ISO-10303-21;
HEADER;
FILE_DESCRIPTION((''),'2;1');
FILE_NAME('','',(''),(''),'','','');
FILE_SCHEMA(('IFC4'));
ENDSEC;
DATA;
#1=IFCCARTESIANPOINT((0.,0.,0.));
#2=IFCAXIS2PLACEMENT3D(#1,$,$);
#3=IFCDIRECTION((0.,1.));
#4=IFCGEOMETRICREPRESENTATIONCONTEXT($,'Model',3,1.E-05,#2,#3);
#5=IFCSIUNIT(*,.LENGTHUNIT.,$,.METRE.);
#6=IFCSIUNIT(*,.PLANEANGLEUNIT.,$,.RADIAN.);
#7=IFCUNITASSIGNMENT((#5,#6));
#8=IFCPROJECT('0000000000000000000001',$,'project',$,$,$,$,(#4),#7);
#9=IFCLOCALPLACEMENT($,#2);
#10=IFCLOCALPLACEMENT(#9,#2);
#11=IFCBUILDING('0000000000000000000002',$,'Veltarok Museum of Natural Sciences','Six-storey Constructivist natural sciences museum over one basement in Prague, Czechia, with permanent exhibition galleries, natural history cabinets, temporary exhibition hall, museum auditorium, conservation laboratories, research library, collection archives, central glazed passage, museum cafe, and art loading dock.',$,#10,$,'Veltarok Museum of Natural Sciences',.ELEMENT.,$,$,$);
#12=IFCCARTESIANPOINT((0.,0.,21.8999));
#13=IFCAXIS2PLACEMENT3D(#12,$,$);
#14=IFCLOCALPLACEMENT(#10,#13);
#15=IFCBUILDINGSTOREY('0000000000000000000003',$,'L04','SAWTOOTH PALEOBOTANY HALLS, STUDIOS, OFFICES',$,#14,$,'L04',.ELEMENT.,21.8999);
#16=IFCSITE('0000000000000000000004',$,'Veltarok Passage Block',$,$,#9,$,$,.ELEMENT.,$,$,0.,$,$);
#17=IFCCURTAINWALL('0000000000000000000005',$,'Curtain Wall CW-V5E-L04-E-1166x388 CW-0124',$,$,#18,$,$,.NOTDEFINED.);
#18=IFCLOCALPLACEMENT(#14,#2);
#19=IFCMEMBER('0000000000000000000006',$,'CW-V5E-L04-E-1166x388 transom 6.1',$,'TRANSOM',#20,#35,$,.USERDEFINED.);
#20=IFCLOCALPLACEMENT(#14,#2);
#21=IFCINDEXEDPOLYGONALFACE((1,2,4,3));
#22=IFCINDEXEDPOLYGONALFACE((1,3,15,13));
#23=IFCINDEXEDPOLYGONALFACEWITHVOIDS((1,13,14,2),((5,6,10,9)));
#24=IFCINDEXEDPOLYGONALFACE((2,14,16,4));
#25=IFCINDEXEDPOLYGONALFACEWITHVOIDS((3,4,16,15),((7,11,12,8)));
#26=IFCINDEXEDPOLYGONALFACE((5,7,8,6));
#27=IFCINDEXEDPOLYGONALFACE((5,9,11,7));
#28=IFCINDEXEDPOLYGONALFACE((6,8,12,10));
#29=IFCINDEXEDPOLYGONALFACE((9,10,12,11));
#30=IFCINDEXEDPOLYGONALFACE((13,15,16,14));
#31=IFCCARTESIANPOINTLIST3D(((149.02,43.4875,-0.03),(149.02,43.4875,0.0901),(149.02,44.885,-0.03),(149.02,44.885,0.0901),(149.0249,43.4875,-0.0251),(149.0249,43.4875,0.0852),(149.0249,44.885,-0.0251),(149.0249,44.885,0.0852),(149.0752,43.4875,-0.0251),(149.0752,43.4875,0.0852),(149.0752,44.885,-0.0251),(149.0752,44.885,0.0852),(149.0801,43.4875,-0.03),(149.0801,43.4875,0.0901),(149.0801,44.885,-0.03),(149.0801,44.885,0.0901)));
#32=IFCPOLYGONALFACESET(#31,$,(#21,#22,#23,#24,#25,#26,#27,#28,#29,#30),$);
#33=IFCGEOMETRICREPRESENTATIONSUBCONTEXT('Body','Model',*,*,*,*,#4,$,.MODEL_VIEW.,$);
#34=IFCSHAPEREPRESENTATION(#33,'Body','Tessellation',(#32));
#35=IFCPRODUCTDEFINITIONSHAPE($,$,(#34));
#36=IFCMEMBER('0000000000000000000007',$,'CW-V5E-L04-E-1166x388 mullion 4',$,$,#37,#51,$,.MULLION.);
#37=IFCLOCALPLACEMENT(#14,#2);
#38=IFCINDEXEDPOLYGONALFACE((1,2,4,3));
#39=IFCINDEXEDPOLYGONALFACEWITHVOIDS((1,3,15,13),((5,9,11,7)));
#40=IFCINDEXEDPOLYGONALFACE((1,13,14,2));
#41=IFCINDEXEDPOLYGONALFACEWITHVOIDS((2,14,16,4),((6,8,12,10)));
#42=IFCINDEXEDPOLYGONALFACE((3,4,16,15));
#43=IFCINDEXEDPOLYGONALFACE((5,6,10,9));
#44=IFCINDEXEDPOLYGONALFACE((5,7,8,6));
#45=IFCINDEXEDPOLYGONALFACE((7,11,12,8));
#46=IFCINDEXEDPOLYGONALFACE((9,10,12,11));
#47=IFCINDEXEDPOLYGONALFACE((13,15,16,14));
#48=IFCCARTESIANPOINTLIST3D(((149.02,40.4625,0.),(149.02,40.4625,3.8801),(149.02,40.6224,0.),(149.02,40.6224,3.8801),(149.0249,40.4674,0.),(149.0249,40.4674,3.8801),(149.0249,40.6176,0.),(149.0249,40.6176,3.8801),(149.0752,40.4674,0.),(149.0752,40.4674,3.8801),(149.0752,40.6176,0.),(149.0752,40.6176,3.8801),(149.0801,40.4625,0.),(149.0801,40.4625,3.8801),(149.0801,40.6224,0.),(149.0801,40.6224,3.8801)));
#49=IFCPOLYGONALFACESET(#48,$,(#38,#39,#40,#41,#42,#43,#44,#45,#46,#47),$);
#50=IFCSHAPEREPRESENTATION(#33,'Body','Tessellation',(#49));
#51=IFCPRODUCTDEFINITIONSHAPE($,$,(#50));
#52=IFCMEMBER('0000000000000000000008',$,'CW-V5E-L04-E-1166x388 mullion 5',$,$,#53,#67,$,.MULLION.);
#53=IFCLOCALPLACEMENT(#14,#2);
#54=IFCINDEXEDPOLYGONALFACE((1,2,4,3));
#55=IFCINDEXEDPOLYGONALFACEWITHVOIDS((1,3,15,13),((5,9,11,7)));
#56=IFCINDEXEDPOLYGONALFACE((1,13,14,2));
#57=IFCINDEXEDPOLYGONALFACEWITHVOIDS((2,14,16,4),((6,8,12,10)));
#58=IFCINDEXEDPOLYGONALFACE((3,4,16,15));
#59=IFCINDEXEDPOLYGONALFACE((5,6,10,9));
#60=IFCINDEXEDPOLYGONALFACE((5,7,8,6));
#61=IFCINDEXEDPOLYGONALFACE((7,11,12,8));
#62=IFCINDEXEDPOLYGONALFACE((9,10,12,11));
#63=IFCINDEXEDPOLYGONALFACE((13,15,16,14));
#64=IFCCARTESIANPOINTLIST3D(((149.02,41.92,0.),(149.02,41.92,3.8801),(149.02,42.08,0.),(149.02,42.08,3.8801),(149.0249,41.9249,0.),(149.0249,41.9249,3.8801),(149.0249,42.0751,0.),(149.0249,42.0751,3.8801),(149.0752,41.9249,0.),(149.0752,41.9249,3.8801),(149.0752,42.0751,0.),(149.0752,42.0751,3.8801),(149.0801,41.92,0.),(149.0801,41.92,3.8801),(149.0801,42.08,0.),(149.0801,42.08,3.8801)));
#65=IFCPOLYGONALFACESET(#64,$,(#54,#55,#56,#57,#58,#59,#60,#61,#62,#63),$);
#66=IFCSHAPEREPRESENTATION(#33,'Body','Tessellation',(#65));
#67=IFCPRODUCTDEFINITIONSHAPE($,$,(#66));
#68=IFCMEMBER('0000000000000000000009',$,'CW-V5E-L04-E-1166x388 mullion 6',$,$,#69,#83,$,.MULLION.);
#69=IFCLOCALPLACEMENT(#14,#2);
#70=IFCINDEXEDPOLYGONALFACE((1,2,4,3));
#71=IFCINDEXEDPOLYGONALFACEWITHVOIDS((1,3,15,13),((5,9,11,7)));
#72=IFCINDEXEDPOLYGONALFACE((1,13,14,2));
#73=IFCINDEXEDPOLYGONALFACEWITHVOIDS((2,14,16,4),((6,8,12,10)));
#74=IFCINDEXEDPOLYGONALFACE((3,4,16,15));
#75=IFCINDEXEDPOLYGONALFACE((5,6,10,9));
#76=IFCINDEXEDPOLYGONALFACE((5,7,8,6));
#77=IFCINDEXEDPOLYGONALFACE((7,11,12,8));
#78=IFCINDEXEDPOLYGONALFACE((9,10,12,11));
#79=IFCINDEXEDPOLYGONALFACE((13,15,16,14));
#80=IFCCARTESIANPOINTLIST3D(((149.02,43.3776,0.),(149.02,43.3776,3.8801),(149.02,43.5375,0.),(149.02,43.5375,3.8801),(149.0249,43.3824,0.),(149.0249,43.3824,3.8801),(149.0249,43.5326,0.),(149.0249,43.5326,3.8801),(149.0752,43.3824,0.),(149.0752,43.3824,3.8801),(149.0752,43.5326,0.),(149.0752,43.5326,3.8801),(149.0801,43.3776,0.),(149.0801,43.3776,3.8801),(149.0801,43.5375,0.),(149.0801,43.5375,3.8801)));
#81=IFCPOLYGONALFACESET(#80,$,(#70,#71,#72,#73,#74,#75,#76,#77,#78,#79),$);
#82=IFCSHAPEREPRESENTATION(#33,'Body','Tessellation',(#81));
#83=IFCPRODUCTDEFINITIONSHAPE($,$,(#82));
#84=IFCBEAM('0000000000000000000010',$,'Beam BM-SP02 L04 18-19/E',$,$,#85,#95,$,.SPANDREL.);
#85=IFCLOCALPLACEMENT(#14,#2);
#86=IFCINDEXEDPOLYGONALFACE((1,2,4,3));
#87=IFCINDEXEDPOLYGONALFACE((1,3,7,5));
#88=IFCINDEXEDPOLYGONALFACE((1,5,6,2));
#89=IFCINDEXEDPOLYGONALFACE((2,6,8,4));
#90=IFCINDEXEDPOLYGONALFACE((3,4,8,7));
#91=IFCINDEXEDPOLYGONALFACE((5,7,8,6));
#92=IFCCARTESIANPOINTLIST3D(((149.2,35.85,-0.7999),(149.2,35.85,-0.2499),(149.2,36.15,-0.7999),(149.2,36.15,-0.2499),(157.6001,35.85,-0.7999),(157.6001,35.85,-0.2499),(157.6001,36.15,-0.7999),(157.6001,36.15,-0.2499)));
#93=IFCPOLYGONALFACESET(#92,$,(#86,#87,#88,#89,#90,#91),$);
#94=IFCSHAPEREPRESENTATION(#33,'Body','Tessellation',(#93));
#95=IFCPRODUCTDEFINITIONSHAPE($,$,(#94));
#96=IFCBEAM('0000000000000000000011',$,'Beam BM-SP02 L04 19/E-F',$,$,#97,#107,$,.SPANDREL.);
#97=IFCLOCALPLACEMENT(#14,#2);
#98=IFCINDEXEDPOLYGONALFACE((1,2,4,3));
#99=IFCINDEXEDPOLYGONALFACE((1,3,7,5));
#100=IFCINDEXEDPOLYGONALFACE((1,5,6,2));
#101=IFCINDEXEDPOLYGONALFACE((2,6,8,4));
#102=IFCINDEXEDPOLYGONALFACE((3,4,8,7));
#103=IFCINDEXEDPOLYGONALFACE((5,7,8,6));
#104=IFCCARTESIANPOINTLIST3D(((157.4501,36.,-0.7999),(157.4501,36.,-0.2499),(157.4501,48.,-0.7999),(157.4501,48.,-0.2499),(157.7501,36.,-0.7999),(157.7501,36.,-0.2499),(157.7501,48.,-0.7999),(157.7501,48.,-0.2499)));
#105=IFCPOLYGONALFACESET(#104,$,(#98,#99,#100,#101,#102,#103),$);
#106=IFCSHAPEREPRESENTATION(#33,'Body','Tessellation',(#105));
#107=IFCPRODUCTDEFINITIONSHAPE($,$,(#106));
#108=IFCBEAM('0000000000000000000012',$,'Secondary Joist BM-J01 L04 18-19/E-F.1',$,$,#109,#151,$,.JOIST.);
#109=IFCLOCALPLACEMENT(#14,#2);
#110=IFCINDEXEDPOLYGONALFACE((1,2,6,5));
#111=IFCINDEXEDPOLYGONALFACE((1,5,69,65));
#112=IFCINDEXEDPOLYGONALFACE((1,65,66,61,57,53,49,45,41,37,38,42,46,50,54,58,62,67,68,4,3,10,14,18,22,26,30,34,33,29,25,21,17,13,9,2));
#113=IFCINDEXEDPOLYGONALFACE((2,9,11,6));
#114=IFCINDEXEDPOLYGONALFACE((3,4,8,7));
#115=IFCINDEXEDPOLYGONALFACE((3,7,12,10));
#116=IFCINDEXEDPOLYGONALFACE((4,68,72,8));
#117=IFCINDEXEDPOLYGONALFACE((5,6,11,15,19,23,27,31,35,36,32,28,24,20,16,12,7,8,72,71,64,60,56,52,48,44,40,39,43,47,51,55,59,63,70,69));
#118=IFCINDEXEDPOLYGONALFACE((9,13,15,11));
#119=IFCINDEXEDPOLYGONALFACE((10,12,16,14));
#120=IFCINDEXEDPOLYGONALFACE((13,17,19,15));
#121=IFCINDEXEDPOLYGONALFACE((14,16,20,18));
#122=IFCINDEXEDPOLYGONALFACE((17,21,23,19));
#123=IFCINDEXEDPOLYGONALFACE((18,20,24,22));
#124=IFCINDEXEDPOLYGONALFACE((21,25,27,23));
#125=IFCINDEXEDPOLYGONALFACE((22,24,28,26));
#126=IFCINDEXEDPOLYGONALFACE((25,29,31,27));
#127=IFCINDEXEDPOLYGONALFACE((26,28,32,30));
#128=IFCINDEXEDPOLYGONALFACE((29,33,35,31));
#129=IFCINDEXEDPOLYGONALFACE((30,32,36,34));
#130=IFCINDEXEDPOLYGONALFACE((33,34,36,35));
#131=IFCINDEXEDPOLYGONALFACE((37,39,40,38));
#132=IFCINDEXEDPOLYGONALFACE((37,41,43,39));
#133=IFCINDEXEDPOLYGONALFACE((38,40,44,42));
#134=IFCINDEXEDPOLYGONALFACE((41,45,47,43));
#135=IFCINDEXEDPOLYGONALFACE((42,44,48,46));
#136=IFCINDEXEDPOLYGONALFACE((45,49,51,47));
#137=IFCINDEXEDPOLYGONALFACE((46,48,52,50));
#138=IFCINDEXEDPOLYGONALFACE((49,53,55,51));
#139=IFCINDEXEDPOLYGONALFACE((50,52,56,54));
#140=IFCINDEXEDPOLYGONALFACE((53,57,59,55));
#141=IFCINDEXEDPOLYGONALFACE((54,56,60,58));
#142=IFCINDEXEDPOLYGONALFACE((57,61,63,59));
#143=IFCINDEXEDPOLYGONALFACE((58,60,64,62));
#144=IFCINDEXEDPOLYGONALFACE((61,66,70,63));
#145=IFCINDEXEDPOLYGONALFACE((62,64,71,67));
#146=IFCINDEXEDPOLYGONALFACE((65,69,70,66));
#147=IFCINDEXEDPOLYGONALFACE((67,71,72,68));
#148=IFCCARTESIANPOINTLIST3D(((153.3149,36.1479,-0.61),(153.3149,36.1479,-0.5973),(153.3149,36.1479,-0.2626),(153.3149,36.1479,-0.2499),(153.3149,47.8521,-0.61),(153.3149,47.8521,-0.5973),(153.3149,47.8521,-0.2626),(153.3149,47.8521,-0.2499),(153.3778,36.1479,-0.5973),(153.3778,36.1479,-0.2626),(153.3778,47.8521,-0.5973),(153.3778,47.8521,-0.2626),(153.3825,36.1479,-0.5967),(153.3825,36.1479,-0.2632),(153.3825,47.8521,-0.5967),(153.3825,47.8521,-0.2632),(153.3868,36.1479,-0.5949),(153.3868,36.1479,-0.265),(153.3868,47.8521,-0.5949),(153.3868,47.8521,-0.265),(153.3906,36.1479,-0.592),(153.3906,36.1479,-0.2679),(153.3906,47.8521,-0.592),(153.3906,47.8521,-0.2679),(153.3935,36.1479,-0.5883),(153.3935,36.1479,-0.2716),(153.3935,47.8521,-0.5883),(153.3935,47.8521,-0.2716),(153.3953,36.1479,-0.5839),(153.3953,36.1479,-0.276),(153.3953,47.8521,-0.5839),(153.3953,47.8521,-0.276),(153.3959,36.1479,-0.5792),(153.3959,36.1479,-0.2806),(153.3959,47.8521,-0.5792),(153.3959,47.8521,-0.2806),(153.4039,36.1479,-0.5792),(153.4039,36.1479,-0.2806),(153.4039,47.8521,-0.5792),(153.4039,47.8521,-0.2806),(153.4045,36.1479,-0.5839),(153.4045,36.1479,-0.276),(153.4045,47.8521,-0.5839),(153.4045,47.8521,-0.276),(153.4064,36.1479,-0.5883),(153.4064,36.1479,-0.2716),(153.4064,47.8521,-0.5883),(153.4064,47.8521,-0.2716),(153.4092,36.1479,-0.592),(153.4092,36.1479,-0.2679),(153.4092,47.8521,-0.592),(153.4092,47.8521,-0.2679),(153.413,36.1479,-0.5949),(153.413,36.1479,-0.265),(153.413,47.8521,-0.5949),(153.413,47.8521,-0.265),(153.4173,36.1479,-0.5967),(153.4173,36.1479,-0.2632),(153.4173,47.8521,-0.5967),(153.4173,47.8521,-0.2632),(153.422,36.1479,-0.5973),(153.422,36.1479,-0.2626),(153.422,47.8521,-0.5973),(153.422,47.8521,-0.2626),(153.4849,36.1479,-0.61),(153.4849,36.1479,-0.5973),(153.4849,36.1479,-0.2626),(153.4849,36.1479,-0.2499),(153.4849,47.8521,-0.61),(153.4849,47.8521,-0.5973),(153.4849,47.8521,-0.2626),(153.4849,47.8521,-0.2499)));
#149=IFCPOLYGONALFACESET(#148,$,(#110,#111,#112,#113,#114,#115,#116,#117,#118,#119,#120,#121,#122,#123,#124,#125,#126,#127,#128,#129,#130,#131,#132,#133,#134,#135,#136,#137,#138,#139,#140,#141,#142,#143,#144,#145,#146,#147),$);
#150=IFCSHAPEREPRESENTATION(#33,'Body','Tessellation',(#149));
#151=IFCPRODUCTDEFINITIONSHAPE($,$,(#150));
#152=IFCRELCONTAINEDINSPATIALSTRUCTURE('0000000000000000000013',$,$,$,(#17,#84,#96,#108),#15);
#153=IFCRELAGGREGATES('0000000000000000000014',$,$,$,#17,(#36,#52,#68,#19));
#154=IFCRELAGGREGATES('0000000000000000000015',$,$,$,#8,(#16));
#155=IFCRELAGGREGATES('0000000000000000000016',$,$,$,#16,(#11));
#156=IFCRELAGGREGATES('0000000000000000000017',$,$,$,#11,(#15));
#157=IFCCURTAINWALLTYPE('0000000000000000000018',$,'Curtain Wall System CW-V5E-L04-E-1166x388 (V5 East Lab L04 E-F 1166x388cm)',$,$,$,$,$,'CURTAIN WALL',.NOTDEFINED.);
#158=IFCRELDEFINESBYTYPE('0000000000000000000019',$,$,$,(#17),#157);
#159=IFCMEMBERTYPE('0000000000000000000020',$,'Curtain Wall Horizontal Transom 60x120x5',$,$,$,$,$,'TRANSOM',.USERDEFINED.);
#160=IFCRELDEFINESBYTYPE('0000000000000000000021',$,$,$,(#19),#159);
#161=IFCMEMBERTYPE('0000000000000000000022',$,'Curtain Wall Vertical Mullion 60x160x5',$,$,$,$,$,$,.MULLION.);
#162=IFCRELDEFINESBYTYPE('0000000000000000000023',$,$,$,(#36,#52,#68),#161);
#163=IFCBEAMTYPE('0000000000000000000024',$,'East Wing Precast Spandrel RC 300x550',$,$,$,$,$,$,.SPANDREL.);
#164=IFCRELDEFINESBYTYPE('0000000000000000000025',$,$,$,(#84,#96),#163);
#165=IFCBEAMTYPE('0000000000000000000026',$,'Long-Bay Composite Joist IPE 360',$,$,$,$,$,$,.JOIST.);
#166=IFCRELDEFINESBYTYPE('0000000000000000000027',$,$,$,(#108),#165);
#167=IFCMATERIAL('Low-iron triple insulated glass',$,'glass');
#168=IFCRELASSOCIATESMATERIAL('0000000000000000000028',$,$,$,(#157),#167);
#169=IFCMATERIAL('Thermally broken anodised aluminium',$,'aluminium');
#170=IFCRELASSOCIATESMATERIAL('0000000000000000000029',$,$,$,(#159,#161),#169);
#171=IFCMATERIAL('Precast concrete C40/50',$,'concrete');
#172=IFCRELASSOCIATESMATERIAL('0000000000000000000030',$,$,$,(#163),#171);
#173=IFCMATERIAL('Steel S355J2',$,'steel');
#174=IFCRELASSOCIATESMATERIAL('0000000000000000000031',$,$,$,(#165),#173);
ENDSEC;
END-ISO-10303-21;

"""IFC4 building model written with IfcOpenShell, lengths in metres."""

from ifc_helpers import new_model, si_unit, direction, frame, origin, origin_2d, place, context, subcontext, project, spatial, rectangle, hollow_rectangle, i_section, extrude, material, material_profile, profile_set, type_object, element, aggregate, save


model = new_model("IFC4")

# Units and contexts
model_context = context("Model", 3, precision=1e-05, world=origin(), true_north=direction((0.0, 1.0)))
body_context = subcontext(model_context, "Body", "Model", "MODEL_VIEW")
ifc_project = project(units=[si_unit("LENGTHUNIT", "METRE"), si_unit("PLANEANGLEUNIT", "RADIAN")], contexts=[model_context])

# Site, building, storey
site_placement = place(None, origin())
site = spatial("IfcSite", under=ifc_project, at=site_placement, Name="Veltarok Passage Block", CompositionType="ELEMENT", RefElevation=0.0)
building_placement = place(site_placement, origin())
building = spatial("IfcBuilding", under=site, at=building_placement, Name="Veltarok Museum of Natural Sciences", Description="Six-storey Constructivist natural sciences museum over one basement in Prague, Czechia, with permanent exhibition galleries, natural history cabinets, temporary exhibition hall, museum auditorium, conservation laboratories, research library, collection archives, central glazed passage, museum cafe, and art loading dock.", LongName="Veltarok Museum of Natural Sciences", CompositionType="ELEMENT")
storey_placement = place(building_placement, frame((0.0, 0.0, 21.8999)))
storey = spatial("IfcBuildingStorey", under=building, at=storey_placement, Name="L04", Description="SAWTOOTH PALEOBOTANY HALLS, STUDIOS, OFFICES", LongName="L04", CompositionType="ELEMENT", Elevation=21.8999)

# Shared definitions
ifc_material_1 = material(Name="Steel S355J2", Category="steel")

# Curtain wall, members
ifc_material_2 = material(Name="Low-iron triple insulated glass", Category="glass")
curtain_wall_type = type_object("IfcCurtainWallType", Name="Curtain Wall System CW-V5E-L04-E-1166x388 (V5 East Lab L04 E-F 1166x388cm)", ElementType="CURTAIN WALL", PredefinedType="NOTDEFINED", material=ifc_material_2)
curtain_wall_placement = place(storey_placement, origin())
curtain_wall = element("IfcCurtainWall", 1, at=curtain_wall_placement, inside=storey, type_object=curtain_wall_type, Name="Curtain Wall CW-V5E-L04-E-1166x388 CW-0124", PredefinedType="NOTDEFINED")
ifc_material_3 = material(Name="Thermally broken anodised aluminium", Category="aluminium")
ifc_material_profile_1 = material_profile(ifc_material_3, hollow_rectangle(XDim=0.0601, YDim=0.1201, WallThickness=0.0049, at=origin_2d()), Name="CW TRANSOM 60x120x5")
ifc_profile_set_1 = profile_set([ifc_material_profile_1], Name="Thermally broken anodised aluminium")
member_type_1 = type_object("IfcMemberType", Name="Curtain Wall Horizontal Transom 60x120x5", ElementType="TRANSOM", PredefinedType="USERDEFINED", material=ifc_profile_set_1)
member_1_placement = place(storey_placement, frame((149.05, 43.4875, 0.03), z_axis=(0.0, 1.0, 0.0), x_axis=(-1.0, 0.0, 0.0)))
member_1 = element("IfcMember", 2, at=member_1_placement, type_object=member_type_1, Name="CW-V5E-L04-E-1166x388 transom 6.1", ObjectType="TRANSOM", PredefinedType="USERDEFINED", context=body_context, shape_type="SweptSolid", body=[
    extrude(hollow_rectangle(XDim=0.0601, YDim=0.1201, WallThickness=0.0049, at=origin_2d()), origin(), (0.0, 0.0, 1.0), 1.3975),
])
ifc_material_profile_2 = material_profile(ifc_material_3, hollow_rectangle(XDim=0.0601, YDim=0.1599, WallThickness=0.0049, at=origin_2d()), Name="CW MULLION 60x160x5")
ifc_profile_set_2 = profile_set([ifc_material_profile_2], Name="Thermally broken anodised aluminium")
member_type_2 = type_object("IfcMemberType", Name="Curtain Wall Vertical Mullion 60x160x5", PredefinedType="MULLION", material=ifc_profile_set_2)
member_2_placement = place(storey_placement, frame((149.05, 40.5425, 0.0), z_axis=(0.0, 0.0, 1.0), x_axis=(-1.0, 0.0, 0.0)))
member_2 = element("IfcMember", 3, at=member_2_placement, type_object=member_type_2, Name="CW-V5E-L04-E-1166x388 mullion 4", PredefinedType="MULLION", context=body_context, shape_type="SweptSolid", body=[
    extrude(hollow_rectangle(XDim=0.0601, YDim=0.1599, WallThickness=0.0049, at=origin_2d()), origin(), (0.0, 0.0, 1.0), 3.8801),
])
member_3_placement = place(storey_placement, frame((149.05, 42.0, 0.0), z_axis=(0.0, 0.0, 1.0), x_axis=(-1.0, 0.0, 0.0)))
member_3 = element("IfcMember", 4, at=member_3_placement, type_object=member_type_2, Name="CW-V5E-L04-E-1166x388 mullion 5", PredefinedType="MULLION", context=body_context, shape_type="SweptSolid", body=[
    extrude(hollow_rectangle(XDim=0.0601, YDim=0.1599, WallThickness=0.0049, at=origin_2d()), origin(), (0.0, 0.0, 1.0), 3.8801),
])
member_4_placement = place(storey_placement, frame((149.05, 43.4575, 0.0), z_axis=(0.0, 0.0, 1.0), x_axis=(-1.0, 0.0, 0.0)))
member_4 = element("IfcMember", 5, at=member_4_placement, type_object=member_type_2, Name="CW-V5E-L04-E-1166x388 mullion 6", PredefinedType="MULLION", context=body_context, shape_type="SweptSolid", body=[
    extrude(hollow_rectangle(XDim=0.0601, YDim=0.1599, WallThickness=0.0049, at=origin_2d()), origin(), (0.0, 0.0, 1.0), 3.8801),
])

# Beams
ifc_material_4 = material(Name="Precast concrete C40/50", Category="concrete")
ifc_material_profile_3 = material_profile(ifc_material_4, rectangle(XDim=0.3, YDim=0.55, at=origin_2d()), Name="RC 300x550")
ifc_profile_set_3 = profile_set([ifc_material_profile_3], Name="Precast concrete C40/50")
beam_type_1 = type_object("IfcBeamType", Name="East Wing Precast Spandrel RC 300x550", PredefinedType="SPANDREL", material=ifc_profile_set_3)
beam_1_placement = place(storey_placement, frame((149.2, 36.0, -0.5249), z_axis=(1.0, 0.0, 0.0), x_axis=(0.0, 1.0, 0.0)))
element("IfcBeam", 6, at=beam_1_placement, inside=storey, type_object=beam_type_1, Name="Beam BM-SP02 L04 18-19/E", PredefinedType="SPANDREL", context=body_context, shape_type="SweptSolid", body=[
    extrude(rectangle(XDim=0.3, YDim=0.55, at=origin_2d()), origin(), (0.0, 0.0, 1.0), 8.4001),
])
beam_2_placement = place(storey_placement, frame((157.6001, 36.0, -0.5249), z_axis=(0.0, 1.0, 0.0), x_axis=(-1.0, 0.0, 0.0)))
element("IfcBeam", 7, at=beam_2_placement, inside=storey, type_object=beam_type_1, Name="Beam BM-SP02 L04 19/E-F", PredefinedType="SPANDREL", context=body_context, shape_type="SweptSolid", body=[
    extrude(rectangle(XDim=0.3, YDim=0.55, at=origin_2d()), origin(), (0.0, 0.0, 1.0), 12.0),
])
ifc_material_profile_4 = material_profile(ifc_material_1, i_section(OverallWidth=0.1699, OverallDepth=0.3601, WebThickness=0.0081, FlangeThickness=0.0127, FilletRadius=0.0181, at=origin_2d()), Name="IPE 360")
ifc_profile_set_4 = profile_set([ifc_material_profile_4], Name="Steel S355J2")
beam_type_2 = type_object("IfcBeamType", Name="Long-Bay Composite Joist IPE 360", PredefinedType="JOIST", material=ifc_profile_set_4)
beam_3_placement = place(storey_placement, frame((153.3999, 36.1479, -0.4299), z_axis=(0.0, 1.0, 0.0), x_axis=(-1.0, 0.0, 0.0)))
element("IfcBeam", 8, at=beam_3_placement, inside=storey, type_object=beam_type_2, Name="Secondary Joist BM-J01 L04 18-19/E-F.1", PredefinedType="JOIST", context=body_context, shape_type="SweptSolid", body=[
    extrude(i_section(OverallWidth=0.1699, OverallDepth=0.3601, WebThickness=0.0081, FlangeThickness=0.0127, FilletRadius=0.0181, at=origin_2d()), origin(), (0.0, 0.0, 1.0), 11.7041),
])

aggregate(curtain_wall, [member_2, member_3, member_4, member_1])

save(model, "model.ifc")
